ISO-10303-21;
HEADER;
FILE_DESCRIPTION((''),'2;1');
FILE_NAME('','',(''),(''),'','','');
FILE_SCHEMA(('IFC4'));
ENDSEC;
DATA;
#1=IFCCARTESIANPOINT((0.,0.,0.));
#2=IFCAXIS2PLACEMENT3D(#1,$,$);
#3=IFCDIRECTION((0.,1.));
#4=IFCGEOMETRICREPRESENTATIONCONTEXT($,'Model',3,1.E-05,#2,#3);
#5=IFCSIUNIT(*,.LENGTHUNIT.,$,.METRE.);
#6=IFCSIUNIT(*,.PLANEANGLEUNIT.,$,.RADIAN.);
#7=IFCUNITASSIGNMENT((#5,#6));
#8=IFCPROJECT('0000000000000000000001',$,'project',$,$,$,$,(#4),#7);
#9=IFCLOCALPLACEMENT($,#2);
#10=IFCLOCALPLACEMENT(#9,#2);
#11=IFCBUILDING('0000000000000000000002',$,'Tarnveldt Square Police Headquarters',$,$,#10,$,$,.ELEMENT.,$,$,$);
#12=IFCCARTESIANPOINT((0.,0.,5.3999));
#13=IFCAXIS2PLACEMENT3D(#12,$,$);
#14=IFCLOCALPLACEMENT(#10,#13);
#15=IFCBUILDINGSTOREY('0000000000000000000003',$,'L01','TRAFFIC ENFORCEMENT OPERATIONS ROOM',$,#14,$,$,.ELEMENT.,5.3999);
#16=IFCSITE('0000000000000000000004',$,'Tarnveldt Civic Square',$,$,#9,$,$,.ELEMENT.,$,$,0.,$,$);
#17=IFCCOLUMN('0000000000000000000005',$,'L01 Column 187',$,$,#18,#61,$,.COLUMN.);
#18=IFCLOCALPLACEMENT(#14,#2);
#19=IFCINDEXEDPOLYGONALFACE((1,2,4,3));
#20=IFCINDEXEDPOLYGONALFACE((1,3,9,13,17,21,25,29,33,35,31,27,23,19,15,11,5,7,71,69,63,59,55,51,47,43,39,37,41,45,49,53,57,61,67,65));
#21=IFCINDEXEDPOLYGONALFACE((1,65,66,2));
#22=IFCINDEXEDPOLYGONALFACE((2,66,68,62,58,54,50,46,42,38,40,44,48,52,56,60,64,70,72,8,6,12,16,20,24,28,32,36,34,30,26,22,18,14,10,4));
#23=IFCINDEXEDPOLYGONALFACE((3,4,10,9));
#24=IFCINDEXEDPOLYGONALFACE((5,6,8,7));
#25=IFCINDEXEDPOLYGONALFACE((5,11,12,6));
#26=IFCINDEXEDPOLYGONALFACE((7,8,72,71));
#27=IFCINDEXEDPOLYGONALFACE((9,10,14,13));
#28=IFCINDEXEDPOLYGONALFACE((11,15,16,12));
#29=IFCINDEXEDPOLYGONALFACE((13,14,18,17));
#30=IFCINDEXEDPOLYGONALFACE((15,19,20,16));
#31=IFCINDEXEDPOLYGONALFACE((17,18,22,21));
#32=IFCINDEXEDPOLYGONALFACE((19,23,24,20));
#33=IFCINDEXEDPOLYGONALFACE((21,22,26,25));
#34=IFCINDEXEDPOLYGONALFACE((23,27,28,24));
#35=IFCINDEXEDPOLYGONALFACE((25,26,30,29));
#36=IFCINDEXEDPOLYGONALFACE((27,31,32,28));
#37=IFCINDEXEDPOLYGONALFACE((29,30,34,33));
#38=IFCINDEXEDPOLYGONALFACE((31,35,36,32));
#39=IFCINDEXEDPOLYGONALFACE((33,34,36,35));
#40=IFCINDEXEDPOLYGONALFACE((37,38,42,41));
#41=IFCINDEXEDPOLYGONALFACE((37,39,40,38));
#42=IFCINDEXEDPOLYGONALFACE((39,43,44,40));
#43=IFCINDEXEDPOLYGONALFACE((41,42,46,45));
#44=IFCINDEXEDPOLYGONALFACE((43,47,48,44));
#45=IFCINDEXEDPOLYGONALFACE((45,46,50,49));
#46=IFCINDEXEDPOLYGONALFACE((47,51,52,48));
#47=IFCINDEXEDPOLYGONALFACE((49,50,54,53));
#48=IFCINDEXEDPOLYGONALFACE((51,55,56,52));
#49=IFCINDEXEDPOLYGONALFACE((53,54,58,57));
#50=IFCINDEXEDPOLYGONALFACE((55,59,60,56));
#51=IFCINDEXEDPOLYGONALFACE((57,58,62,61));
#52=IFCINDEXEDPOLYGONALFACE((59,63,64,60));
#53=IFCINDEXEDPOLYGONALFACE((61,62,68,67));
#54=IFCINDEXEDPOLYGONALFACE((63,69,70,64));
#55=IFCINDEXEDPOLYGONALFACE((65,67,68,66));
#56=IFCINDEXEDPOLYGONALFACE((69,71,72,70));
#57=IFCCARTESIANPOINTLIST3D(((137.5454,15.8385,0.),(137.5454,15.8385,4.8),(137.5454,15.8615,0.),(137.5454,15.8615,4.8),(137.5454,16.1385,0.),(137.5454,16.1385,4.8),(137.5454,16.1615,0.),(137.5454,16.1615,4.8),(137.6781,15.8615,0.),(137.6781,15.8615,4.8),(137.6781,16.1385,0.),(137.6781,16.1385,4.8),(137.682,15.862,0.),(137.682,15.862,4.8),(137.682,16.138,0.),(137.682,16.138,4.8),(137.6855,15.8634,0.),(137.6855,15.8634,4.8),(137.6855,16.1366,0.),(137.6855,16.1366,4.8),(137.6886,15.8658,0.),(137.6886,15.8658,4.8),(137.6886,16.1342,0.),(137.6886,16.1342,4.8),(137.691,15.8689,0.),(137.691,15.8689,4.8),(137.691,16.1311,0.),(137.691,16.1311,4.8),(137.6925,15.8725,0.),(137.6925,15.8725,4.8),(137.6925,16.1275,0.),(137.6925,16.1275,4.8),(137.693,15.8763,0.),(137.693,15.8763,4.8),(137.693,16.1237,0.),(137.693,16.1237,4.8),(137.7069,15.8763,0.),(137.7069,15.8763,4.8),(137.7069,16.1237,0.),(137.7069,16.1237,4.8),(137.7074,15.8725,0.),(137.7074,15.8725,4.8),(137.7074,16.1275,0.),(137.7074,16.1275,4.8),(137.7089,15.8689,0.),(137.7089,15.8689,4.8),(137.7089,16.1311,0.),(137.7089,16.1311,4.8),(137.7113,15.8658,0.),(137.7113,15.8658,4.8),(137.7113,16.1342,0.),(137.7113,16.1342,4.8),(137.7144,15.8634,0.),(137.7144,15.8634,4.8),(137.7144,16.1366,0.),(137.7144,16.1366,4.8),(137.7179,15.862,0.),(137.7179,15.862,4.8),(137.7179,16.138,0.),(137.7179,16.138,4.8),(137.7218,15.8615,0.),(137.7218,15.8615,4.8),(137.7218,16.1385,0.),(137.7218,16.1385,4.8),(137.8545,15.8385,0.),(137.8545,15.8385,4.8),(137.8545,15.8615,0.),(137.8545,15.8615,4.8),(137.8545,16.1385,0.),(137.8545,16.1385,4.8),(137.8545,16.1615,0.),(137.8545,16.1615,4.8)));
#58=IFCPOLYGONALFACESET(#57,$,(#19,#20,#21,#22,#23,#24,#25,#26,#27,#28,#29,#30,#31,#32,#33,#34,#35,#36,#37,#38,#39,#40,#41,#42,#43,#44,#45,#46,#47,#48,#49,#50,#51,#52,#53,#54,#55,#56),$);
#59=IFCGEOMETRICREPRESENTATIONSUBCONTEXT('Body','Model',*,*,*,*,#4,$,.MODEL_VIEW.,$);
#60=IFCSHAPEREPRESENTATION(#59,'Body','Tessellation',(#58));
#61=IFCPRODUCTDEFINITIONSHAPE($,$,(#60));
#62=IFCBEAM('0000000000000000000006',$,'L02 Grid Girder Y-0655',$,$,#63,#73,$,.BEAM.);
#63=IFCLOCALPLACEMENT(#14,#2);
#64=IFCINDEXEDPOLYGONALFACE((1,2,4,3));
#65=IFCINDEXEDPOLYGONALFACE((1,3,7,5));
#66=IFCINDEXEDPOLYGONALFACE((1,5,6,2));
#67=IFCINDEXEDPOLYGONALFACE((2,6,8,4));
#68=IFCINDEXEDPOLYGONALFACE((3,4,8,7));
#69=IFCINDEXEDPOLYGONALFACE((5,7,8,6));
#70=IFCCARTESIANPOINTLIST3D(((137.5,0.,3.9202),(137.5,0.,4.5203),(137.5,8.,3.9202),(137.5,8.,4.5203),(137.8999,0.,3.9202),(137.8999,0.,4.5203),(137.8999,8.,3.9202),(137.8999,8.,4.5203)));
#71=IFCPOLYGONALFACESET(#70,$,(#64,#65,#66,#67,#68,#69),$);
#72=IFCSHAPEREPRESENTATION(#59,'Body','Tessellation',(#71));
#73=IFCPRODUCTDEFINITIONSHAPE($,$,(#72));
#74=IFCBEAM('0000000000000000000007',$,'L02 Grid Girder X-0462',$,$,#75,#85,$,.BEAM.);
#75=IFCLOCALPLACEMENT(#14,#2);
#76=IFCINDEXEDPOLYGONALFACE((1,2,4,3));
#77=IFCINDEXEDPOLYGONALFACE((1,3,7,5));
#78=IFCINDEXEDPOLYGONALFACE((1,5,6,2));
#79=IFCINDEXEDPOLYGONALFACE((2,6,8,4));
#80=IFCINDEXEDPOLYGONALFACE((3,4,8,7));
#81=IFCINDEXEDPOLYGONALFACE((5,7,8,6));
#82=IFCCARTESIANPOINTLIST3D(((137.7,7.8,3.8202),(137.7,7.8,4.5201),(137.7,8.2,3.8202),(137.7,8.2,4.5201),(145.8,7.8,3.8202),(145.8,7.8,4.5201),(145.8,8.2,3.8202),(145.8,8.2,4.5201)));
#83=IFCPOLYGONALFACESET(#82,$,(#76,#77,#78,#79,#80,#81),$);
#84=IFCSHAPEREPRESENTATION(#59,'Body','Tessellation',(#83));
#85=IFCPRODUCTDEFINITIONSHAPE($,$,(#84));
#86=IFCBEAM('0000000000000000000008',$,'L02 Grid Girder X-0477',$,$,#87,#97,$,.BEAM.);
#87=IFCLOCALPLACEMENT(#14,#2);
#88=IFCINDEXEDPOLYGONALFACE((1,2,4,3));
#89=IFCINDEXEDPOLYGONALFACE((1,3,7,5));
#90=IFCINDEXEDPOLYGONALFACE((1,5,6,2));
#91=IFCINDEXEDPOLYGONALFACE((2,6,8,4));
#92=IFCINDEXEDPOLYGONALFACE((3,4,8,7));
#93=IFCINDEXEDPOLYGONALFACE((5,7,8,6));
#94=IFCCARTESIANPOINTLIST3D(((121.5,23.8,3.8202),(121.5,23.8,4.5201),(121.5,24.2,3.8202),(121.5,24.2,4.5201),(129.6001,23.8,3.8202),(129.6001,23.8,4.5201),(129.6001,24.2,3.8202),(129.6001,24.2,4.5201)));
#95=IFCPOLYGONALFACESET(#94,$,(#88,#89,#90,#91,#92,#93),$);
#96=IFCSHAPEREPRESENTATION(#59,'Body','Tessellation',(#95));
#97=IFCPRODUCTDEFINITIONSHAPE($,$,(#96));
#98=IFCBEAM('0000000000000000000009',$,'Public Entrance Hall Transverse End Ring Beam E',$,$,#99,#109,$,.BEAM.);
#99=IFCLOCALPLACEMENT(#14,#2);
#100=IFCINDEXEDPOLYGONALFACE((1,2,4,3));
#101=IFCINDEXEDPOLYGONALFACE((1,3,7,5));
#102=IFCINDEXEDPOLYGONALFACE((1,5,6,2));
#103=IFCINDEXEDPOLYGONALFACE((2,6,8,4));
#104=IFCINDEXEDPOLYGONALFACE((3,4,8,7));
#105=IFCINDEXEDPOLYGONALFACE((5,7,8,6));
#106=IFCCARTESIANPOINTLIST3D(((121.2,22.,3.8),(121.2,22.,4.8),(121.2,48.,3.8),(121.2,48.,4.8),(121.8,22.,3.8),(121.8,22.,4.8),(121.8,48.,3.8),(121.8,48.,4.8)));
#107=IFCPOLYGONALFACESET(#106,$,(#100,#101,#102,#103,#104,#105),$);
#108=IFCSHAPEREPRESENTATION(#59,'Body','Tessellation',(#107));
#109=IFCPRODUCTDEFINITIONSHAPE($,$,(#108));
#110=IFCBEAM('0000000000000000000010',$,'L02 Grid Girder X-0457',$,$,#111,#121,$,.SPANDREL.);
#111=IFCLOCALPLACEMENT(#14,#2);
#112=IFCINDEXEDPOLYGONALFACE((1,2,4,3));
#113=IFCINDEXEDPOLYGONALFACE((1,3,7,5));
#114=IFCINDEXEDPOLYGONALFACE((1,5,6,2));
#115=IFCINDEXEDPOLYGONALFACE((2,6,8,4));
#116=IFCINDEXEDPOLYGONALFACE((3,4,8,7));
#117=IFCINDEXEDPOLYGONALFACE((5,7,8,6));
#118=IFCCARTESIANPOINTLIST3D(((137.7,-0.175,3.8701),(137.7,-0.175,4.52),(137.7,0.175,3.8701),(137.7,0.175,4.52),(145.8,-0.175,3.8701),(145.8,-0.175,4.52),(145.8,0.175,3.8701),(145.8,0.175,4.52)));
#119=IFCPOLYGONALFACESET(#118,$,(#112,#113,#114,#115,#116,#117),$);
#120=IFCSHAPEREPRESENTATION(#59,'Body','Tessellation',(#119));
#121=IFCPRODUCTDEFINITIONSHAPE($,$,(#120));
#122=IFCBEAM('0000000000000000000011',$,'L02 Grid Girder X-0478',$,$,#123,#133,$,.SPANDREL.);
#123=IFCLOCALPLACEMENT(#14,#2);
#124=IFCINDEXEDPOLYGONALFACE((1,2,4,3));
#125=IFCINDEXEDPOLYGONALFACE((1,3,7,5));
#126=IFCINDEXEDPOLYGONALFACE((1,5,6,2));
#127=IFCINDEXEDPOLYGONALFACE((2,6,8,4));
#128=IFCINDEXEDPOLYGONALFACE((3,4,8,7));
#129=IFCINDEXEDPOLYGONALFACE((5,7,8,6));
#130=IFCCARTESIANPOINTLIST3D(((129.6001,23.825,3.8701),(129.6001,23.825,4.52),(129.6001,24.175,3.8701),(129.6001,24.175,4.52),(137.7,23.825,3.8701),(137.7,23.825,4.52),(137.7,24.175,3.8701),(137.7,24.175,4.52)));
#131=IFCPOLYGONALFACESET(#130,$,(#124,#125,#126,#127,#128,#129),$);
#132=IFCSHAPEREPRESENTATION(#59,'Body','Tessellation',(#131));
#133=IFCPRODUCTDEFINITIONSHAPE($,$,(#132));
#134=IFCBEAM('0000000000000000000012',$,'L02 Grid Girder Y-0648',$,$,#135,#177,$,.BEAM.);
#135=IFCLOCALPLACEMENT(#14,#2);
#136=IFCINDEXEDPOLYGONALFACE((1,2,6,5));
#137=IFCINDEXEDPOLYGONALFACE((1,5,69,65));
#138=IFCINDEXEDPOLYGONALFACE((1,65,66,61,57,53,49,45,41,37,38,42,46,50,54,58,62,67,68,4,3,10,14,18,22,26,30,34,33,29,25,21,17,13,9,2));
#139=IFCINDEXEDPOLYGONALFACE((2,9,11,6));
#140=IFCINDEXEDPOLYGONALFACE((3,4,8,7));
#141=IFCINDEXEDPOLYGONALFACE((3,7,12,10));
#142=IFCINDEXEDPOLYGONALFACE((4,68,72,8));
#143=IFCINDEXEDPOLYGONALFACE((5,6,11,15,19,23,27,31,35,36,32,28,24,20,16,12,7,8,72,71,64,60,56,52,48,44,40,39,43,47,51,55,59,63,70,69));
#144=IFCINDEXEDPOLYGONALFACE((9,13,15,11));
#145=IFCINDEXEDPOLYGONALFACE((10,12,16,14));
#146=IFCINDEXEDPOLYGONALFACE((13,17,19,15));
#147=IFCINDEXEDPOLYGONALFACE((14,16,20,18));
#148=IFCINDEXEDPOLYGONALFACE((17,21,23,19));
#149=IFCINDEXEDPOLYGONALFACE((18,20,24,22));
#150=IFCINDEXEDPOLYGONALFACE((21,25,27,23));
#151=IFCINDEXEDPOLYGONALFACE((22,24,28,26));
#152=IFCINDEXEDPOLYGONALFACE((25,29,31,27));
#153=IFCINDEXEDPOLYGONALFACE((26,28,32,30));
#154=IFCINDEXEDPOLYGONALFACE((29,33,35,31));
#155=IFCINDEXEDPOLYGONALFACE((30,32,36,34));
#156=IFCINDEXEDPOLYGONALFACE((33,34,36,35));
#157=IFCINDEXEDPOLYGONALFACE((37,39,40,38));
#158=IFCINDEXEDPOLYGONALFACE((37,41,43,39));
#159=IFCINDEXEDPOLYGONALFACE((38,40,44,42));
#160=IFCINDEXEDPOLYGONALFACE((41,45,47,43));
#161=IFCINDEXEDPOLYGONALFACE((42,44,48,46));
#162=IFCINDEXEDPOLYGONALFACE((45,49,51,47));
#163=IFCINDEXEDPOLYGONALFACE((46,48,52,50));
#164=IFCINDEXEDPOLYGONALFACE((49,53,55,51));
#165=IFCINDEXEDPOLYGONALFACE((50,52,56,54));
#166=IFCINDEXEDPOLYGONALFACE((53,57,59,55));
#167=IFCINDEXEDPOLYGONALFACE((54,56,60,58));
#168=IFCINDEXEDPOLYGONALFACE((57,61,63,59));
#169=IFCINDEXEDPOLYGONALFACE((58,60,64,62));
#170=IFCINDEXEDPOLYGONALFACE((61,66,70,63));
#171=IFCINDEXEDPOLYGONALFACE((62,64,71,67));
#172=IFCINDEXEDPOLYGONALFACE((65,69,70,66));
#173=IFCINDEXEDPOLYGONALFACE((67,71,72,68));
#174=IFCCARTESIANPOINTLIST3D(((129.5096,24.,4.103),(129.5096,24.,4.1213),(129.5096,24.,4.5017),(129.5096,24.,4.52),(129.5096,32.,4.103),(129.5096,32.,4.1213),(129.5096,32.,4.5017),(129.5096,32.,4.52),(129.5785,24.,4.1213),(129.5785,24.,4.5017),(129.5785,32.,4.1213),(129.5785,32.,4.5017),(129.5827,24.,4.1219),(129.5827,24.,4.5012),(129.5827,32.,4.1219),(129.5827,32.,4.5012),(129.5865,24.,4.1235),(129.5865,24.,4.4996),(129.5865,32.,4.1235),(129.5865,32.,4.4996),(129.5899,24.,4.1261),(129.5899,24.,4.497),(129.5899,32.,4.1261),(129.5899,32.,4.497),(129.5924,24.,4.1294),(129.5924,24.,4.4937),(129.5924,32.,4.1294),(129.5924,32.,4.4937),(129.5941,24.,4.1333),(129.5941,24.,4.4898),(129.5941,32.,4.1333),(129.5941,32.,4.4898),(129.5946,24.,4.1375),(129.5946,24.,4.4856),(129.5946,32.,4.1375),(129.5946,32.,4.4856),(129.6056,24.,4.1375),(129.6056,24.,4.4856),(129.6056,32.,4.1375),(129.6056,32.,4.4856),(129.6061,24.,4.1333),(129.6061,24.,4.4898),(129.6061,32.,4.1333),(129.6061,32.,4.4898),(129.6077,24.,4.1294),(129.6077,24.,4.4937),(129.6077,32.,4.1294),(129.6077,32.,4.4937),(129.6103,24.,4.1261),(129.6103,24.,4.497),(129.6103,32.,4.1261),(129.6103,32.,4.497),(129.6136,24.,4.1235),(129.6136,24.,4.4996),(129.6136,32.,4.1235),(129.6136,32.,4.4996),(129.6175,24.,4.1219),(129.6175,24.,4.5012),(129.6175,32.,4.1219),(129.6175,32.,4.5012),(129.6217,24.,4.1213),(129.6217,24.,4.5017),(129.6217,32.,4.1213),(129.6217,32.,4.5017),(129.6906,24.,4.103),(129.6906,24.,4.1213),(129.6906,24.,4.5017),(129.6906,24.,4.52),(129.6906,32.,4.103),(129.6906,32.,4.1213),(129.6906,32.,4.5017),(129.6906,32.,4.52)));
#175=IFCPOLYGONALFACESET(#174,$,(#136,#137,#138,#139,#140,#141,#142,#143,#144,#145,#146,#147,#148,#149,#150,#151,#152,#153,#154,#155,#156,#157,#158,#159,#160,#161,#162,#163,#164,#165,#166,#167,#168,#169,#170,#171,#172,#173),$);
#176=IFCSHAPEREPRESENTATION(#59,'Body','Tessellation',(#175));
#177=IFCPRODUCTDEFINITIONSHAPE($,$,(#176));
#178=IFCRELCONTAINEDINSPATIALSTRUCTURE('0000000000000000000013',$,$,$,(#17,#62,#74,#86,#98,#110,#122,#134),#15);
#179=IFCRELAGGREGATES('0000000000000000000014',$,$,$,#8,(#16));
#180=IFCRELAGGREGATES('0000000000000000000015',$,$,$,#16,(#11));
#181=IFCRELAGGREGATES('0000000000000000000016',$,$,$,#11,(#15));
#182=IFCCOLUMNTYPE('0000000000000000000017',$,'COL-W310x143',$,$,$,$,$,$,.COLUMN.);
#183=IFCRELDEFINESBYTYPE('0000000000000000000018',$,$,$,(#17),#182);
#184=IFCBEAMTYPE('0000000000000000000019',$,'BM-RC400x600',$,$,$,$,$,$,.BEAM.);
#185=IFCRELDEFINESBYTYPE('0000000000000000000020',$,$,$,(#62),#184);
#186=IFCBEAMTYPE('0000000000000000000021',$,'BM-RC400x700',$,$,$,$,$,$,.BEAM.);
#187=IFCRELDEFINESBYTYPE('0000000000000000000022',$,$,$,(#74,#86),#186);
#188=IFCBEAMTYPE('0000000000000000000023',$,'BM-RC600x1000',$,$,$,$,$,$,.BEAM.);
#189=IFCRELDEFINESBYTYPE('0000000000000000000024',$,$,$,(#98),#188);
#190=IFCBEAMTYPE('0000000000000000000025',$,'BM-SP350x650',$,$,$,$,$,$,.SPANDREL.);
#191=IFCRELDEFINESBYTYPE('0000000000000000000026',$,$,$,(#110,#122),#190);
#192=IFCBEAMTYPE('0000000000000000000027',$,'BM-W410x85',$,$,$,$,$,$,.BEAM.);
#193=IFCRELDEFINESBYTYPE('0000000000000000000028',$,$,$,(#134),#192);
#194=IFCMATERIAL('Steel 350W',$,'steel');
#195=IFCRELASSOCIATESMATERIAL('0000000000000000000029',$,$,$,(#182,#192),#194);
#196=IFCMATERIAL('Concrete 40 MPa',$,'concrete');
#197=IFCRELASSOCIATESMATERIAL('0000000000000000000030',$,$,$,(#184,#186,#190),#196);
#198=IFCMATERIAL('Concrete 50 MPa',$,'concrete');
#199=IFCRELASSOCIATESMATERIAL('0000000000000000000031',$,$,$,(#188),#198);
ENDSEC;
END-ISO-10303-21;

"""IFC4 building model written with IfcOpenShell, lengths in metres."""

from ifc_helpers import new_model, si_unit, direction, frame, origin, origin_2d, place, context, subcontext, project, spatial, rectangle, i_section, extrude, material, material_profile, profile_set, type_object, element, save


model = new_model("IFC4")

# Units and contexts
model_context = context("Model", 3, precision=1e-05, world=origin(), true_north=direction((0.0, 1.0)))
body_context = subcontext(model_context, "Body", "Model", "MODEL_VIEW")
ifc_project = project(units=[si_unit("LENGTHUNIT", "METRE"), si_unit("PLANEANGLEUNIT", "RADIAN")], contexts=[model_context])

# Site, building, storey
site_placement = place(None, origin())
site = spatial("IfcSite", under=ifc_project, at=site_placement, Name="Tarnveldt Civic Square", CompositionType="ELEMENT", RefElevation=0.0)
building_placement = place(site_placement, origin())
building = spatial("IfcBuilding", under=site, at=building_placement, Name="Tarnveldt Square Police Headquarters", CompositionType="ELEMENT")
storey_placement = place(building_placement, frame((0.0, 0.0, 5.3999)))
storey = spatial("IfcBuildingStorey", under=building, at=storey_placement, Name="L01", Description="TRAFFIC ENFORCEMENT OPERATIONS ROOM", CompositionType="ELEMENT", Elevation=5.3999)

# Column
ifc_material_1 = material(Name="Concrete 40 MPa", Category="concrete")
ifc_material_2 = material(Name="Steel 350W", Category="steel")
ifc_material_profile_1 = material_profile(ifc_material_2, i_section(OverallWidth=0.3091, OverallDepth=0.323, WebThickness=0.0139, FlangeThickness=0.0229, FilletRadius=0.0149, at=origin_2d()), Name="W310x143")
ifc_profile_set_1 = profile_set([ifc_material_profile_1], Name="Steel 350W")
column_type_1 = type_object("IfcColumnType", Name="COL-W310x143", PredefinedType="COLUMN", material=ifc_profile_set_1)
for number, where, z_axis, x_axis, name in (
    (1, (137.7, 16.0, 0.0), (0.0, 0.0, 1.0), (1.0, 0.0, 0.0), "L01 Column 187"),
):
    element("IfcColumn", number, at=place(storey_placement, frame(where, z_axis=z_axis, x_axis=x_axis)), inside=storey, type_object=column_type_1, Name=name, PredefinedType="COLUMN", context=body_context, shape_type="SweptSolid", body=[
        extrude(i_section(OverallWidth=0.3091, OverallDepth=0.323, WebThickness=0.0139, FlangeThickness=0.0229, FilletRadius=0.0149, at=origin_2d()), origin(), (0.0, 0.0, 1.0), 4.8),
    ])

# Beams
ifc_material_profile_2 = material_profile(ifc_material_1, rectangle(XDim=0.3999, YDim=0.6001, at=origin_2d()), Name="RC-B400x600")
ifc_profile_set_2 = profile_set([ifc_material_profile_2], Name="Concrete 40 MPa")
beam_type_1 = type_object("IfcBeamType", Name="BM-RC400x600", PredefinedType="BEAM", material=ifc_profile_set_2)
beam_1_placement = place(storey_placement, frame((137.7, 0.0, 4.2202), z_axis=(0.0, 1.0, 0.0), x_axis=(-1.0, 0.0, 0.0)))
element("IfcBeam", 2, at=beam_1_placement, inside=storey, type_object=beam_type_1, Name="L02 Grid Girder Y-0655", PredefinedType="BEAM", context=body_context, shape_type="SweptSolid", body=[
    extrude(rectangle(XDim=0.3999, YDim=0.6001, at=origin_2d()), origin(), (0.0, 0.0, 1.0), 8.0),
])
ifc_material_profile_3 = material_profile(ifc_material_1, rectangle(XDim=0.3999, YDim=0.7, at=origin_2d()), Name="RC-B400x700")
ifc_profile_set_3 = profile_set([ifc_material_profile_3], Name="Concrete 40 MPa")
beam_type_2 = type_object("IfcBeamType", Name="BM-RC400x700", PredefinedType="BEAM", material=ifc_profile_set_3)
for number, where, z_axis, x_axis, name in (
    (3, (137.7, 8.0, 4.1702), (1.0, 0.0, 0.0), (0.0, 1.0, 0.0), "L02 Grid Girder X-0462"),
    (4, (121.5, 24.0, 4.1702), (1.0, 0.0, 0.0), (0.0, 1.0, 0.0), "L02 Grid Girder X-0477"),
):
    element("IfcBeam", number, at=place(storey_placement, frame(where, z_axis=z_axis, x_axis=x_axis)), inside=storey, type_object=beam_type_2, Name=name, PredefinedType="BEAM", context=body_context, shape_type="SweptSolid", body=[
        extrude(rectangle(XDim=0.3999, YDim=0.7, at=origin_2d()), origin(), (0.0, 0.0, 1.0), 8.1001),
    ])
ifc_material_3 = material(Name="Concrete 50 MPa", Category="concrete")
ifc_material_profile_4 = material_profile(ifc_material_3, rectangle(XDim=0.6001, YDim=1.0, at=origin_2d()), Name="RC-B600x1000")
ifc_profile_set_4 = profile_set([ifc_material_profile_4], Name="Concrete 50 MPa")
beam_type_3 = type_object("IfcBeamType", Name="BM-RC600x1000", PredefinedType="BEAM", material=ifc_profile_set_4)
beam_2_placement = place(storey_placement, frame((121.5, 22.0, 4.3), z_axis=(0.0, 1.0, 0.0), x_axis=(-1.0, 0.0, 0.0)))
element("IfcBeam", 5, at=beam_2_placement, inside=storey, type_object=beam_type_3, Name="Public Entrance Hall Transverse End Ring Beam E", PredefinedType="BEAM", context=body_context, shape_type="SweptSolid", body=[
    extrude(rectangle(XDim=0.6001, YDim=1.0, at=origin_2d()), origin(), (0.0, 0.0, 1.0), 26.0),
])
ifc_material_profile_5 = material_profile(ifc_material_1, rectangle(XDim=0.3501, YDim=0.6499, at=origin_2d()), Name="RC-SP350x650")
ifc_profile_set_5 = profile_set([ifc_material_profile_5], Name="Concrete 40 MPa")
beam_type_4 = type_object("IfcBeamType", Name="BM-SP350x650", PredefinedType="SPANDREL", material=ifc_profile_set_5)
beam_3_placement = place(storey_placement, frame((137.7, 0.0, 4.1951), z_axis=(1.0, 0.0, 0.0), x_axis=(0.0, 1.0, 0.0)))
element("IfcBeam", 6, at=beam_3_placement, inside=storey, type_object=beam_type_4, Name="L02 Grid Girder X-0457", PredefinedType="SPANDREL", context=body_context, shape_type="SweptSolid", body=[
    extrude(rectangle(XDim=0.3501, YDim=0.6499, at=origin_2d()), origin(), (0.0, 0.0, 1.0), 8.1001),
])
beam_4_placement = place(storey_placement, frame((129.6001, 24.0, 4.1951), z_axis=(1.0, 0.0, 0.0), x_axis=(0.0, 1.0, 0.0)))
element("IfcBeam", 7, at=beam_4_placement, inside=storey, type_object=beam_type_4, Name="L02 Grid Girder X-0478", PredefinedType="SPANDREL", context=body_context, shape_type="SweptSolid", body=[
    extrude(rectangle(XDim=0.3501, YDim=0.6499, at=origin_2d()), origin(), (0.0, 0.0, 1.0), 8.0999),
])
ifc_material_profile_6 = material_profile(ifc_material_2, i_section(OverallWidth=0.1809, OverallDepth=0.417, WebThickness=0.011, FlangeThickness=0.0183, FilletRadius=0.0161, at=origin_2d()), Name="W410x85")
ifc_profile_set_6 = profile_set([ifc_material_profile_6], Name="Steel 350W")
beam_type_5 = type_object("IfcBeamType", Name="BM-W410x85", PredefinedType="BEAM", material=ifc_profile_set_6)
for number, where, z_axis, x_axis, name in (
    (8, (129.6001, 24.0, 4.3115), (0.0, 1.0, 0.0), (-1.0, 0.0, 0.0), "L02 Grid Girder Y-0648"),
):
    element("IfcBeam", number, at=place(storey_placement, frame(where, z_axis=z_axis, x_axis=x_axis)), inside=storey, type_object=beam_type_5, Name=name, PredefinedType="BEAM", context=body_context, shape_type="SweptSolid", body=[
        extrude(i_section(OverallWidth=0.1809, OverallDepth=0.417, WebThickness=0.011, FlangeThickness=0.0183, FilletRadius=0.0161, at=origin_2d()), origin(), (0.0, 0.0, 1.0), 8.0),
    ])

save(model, "model.ifc")
